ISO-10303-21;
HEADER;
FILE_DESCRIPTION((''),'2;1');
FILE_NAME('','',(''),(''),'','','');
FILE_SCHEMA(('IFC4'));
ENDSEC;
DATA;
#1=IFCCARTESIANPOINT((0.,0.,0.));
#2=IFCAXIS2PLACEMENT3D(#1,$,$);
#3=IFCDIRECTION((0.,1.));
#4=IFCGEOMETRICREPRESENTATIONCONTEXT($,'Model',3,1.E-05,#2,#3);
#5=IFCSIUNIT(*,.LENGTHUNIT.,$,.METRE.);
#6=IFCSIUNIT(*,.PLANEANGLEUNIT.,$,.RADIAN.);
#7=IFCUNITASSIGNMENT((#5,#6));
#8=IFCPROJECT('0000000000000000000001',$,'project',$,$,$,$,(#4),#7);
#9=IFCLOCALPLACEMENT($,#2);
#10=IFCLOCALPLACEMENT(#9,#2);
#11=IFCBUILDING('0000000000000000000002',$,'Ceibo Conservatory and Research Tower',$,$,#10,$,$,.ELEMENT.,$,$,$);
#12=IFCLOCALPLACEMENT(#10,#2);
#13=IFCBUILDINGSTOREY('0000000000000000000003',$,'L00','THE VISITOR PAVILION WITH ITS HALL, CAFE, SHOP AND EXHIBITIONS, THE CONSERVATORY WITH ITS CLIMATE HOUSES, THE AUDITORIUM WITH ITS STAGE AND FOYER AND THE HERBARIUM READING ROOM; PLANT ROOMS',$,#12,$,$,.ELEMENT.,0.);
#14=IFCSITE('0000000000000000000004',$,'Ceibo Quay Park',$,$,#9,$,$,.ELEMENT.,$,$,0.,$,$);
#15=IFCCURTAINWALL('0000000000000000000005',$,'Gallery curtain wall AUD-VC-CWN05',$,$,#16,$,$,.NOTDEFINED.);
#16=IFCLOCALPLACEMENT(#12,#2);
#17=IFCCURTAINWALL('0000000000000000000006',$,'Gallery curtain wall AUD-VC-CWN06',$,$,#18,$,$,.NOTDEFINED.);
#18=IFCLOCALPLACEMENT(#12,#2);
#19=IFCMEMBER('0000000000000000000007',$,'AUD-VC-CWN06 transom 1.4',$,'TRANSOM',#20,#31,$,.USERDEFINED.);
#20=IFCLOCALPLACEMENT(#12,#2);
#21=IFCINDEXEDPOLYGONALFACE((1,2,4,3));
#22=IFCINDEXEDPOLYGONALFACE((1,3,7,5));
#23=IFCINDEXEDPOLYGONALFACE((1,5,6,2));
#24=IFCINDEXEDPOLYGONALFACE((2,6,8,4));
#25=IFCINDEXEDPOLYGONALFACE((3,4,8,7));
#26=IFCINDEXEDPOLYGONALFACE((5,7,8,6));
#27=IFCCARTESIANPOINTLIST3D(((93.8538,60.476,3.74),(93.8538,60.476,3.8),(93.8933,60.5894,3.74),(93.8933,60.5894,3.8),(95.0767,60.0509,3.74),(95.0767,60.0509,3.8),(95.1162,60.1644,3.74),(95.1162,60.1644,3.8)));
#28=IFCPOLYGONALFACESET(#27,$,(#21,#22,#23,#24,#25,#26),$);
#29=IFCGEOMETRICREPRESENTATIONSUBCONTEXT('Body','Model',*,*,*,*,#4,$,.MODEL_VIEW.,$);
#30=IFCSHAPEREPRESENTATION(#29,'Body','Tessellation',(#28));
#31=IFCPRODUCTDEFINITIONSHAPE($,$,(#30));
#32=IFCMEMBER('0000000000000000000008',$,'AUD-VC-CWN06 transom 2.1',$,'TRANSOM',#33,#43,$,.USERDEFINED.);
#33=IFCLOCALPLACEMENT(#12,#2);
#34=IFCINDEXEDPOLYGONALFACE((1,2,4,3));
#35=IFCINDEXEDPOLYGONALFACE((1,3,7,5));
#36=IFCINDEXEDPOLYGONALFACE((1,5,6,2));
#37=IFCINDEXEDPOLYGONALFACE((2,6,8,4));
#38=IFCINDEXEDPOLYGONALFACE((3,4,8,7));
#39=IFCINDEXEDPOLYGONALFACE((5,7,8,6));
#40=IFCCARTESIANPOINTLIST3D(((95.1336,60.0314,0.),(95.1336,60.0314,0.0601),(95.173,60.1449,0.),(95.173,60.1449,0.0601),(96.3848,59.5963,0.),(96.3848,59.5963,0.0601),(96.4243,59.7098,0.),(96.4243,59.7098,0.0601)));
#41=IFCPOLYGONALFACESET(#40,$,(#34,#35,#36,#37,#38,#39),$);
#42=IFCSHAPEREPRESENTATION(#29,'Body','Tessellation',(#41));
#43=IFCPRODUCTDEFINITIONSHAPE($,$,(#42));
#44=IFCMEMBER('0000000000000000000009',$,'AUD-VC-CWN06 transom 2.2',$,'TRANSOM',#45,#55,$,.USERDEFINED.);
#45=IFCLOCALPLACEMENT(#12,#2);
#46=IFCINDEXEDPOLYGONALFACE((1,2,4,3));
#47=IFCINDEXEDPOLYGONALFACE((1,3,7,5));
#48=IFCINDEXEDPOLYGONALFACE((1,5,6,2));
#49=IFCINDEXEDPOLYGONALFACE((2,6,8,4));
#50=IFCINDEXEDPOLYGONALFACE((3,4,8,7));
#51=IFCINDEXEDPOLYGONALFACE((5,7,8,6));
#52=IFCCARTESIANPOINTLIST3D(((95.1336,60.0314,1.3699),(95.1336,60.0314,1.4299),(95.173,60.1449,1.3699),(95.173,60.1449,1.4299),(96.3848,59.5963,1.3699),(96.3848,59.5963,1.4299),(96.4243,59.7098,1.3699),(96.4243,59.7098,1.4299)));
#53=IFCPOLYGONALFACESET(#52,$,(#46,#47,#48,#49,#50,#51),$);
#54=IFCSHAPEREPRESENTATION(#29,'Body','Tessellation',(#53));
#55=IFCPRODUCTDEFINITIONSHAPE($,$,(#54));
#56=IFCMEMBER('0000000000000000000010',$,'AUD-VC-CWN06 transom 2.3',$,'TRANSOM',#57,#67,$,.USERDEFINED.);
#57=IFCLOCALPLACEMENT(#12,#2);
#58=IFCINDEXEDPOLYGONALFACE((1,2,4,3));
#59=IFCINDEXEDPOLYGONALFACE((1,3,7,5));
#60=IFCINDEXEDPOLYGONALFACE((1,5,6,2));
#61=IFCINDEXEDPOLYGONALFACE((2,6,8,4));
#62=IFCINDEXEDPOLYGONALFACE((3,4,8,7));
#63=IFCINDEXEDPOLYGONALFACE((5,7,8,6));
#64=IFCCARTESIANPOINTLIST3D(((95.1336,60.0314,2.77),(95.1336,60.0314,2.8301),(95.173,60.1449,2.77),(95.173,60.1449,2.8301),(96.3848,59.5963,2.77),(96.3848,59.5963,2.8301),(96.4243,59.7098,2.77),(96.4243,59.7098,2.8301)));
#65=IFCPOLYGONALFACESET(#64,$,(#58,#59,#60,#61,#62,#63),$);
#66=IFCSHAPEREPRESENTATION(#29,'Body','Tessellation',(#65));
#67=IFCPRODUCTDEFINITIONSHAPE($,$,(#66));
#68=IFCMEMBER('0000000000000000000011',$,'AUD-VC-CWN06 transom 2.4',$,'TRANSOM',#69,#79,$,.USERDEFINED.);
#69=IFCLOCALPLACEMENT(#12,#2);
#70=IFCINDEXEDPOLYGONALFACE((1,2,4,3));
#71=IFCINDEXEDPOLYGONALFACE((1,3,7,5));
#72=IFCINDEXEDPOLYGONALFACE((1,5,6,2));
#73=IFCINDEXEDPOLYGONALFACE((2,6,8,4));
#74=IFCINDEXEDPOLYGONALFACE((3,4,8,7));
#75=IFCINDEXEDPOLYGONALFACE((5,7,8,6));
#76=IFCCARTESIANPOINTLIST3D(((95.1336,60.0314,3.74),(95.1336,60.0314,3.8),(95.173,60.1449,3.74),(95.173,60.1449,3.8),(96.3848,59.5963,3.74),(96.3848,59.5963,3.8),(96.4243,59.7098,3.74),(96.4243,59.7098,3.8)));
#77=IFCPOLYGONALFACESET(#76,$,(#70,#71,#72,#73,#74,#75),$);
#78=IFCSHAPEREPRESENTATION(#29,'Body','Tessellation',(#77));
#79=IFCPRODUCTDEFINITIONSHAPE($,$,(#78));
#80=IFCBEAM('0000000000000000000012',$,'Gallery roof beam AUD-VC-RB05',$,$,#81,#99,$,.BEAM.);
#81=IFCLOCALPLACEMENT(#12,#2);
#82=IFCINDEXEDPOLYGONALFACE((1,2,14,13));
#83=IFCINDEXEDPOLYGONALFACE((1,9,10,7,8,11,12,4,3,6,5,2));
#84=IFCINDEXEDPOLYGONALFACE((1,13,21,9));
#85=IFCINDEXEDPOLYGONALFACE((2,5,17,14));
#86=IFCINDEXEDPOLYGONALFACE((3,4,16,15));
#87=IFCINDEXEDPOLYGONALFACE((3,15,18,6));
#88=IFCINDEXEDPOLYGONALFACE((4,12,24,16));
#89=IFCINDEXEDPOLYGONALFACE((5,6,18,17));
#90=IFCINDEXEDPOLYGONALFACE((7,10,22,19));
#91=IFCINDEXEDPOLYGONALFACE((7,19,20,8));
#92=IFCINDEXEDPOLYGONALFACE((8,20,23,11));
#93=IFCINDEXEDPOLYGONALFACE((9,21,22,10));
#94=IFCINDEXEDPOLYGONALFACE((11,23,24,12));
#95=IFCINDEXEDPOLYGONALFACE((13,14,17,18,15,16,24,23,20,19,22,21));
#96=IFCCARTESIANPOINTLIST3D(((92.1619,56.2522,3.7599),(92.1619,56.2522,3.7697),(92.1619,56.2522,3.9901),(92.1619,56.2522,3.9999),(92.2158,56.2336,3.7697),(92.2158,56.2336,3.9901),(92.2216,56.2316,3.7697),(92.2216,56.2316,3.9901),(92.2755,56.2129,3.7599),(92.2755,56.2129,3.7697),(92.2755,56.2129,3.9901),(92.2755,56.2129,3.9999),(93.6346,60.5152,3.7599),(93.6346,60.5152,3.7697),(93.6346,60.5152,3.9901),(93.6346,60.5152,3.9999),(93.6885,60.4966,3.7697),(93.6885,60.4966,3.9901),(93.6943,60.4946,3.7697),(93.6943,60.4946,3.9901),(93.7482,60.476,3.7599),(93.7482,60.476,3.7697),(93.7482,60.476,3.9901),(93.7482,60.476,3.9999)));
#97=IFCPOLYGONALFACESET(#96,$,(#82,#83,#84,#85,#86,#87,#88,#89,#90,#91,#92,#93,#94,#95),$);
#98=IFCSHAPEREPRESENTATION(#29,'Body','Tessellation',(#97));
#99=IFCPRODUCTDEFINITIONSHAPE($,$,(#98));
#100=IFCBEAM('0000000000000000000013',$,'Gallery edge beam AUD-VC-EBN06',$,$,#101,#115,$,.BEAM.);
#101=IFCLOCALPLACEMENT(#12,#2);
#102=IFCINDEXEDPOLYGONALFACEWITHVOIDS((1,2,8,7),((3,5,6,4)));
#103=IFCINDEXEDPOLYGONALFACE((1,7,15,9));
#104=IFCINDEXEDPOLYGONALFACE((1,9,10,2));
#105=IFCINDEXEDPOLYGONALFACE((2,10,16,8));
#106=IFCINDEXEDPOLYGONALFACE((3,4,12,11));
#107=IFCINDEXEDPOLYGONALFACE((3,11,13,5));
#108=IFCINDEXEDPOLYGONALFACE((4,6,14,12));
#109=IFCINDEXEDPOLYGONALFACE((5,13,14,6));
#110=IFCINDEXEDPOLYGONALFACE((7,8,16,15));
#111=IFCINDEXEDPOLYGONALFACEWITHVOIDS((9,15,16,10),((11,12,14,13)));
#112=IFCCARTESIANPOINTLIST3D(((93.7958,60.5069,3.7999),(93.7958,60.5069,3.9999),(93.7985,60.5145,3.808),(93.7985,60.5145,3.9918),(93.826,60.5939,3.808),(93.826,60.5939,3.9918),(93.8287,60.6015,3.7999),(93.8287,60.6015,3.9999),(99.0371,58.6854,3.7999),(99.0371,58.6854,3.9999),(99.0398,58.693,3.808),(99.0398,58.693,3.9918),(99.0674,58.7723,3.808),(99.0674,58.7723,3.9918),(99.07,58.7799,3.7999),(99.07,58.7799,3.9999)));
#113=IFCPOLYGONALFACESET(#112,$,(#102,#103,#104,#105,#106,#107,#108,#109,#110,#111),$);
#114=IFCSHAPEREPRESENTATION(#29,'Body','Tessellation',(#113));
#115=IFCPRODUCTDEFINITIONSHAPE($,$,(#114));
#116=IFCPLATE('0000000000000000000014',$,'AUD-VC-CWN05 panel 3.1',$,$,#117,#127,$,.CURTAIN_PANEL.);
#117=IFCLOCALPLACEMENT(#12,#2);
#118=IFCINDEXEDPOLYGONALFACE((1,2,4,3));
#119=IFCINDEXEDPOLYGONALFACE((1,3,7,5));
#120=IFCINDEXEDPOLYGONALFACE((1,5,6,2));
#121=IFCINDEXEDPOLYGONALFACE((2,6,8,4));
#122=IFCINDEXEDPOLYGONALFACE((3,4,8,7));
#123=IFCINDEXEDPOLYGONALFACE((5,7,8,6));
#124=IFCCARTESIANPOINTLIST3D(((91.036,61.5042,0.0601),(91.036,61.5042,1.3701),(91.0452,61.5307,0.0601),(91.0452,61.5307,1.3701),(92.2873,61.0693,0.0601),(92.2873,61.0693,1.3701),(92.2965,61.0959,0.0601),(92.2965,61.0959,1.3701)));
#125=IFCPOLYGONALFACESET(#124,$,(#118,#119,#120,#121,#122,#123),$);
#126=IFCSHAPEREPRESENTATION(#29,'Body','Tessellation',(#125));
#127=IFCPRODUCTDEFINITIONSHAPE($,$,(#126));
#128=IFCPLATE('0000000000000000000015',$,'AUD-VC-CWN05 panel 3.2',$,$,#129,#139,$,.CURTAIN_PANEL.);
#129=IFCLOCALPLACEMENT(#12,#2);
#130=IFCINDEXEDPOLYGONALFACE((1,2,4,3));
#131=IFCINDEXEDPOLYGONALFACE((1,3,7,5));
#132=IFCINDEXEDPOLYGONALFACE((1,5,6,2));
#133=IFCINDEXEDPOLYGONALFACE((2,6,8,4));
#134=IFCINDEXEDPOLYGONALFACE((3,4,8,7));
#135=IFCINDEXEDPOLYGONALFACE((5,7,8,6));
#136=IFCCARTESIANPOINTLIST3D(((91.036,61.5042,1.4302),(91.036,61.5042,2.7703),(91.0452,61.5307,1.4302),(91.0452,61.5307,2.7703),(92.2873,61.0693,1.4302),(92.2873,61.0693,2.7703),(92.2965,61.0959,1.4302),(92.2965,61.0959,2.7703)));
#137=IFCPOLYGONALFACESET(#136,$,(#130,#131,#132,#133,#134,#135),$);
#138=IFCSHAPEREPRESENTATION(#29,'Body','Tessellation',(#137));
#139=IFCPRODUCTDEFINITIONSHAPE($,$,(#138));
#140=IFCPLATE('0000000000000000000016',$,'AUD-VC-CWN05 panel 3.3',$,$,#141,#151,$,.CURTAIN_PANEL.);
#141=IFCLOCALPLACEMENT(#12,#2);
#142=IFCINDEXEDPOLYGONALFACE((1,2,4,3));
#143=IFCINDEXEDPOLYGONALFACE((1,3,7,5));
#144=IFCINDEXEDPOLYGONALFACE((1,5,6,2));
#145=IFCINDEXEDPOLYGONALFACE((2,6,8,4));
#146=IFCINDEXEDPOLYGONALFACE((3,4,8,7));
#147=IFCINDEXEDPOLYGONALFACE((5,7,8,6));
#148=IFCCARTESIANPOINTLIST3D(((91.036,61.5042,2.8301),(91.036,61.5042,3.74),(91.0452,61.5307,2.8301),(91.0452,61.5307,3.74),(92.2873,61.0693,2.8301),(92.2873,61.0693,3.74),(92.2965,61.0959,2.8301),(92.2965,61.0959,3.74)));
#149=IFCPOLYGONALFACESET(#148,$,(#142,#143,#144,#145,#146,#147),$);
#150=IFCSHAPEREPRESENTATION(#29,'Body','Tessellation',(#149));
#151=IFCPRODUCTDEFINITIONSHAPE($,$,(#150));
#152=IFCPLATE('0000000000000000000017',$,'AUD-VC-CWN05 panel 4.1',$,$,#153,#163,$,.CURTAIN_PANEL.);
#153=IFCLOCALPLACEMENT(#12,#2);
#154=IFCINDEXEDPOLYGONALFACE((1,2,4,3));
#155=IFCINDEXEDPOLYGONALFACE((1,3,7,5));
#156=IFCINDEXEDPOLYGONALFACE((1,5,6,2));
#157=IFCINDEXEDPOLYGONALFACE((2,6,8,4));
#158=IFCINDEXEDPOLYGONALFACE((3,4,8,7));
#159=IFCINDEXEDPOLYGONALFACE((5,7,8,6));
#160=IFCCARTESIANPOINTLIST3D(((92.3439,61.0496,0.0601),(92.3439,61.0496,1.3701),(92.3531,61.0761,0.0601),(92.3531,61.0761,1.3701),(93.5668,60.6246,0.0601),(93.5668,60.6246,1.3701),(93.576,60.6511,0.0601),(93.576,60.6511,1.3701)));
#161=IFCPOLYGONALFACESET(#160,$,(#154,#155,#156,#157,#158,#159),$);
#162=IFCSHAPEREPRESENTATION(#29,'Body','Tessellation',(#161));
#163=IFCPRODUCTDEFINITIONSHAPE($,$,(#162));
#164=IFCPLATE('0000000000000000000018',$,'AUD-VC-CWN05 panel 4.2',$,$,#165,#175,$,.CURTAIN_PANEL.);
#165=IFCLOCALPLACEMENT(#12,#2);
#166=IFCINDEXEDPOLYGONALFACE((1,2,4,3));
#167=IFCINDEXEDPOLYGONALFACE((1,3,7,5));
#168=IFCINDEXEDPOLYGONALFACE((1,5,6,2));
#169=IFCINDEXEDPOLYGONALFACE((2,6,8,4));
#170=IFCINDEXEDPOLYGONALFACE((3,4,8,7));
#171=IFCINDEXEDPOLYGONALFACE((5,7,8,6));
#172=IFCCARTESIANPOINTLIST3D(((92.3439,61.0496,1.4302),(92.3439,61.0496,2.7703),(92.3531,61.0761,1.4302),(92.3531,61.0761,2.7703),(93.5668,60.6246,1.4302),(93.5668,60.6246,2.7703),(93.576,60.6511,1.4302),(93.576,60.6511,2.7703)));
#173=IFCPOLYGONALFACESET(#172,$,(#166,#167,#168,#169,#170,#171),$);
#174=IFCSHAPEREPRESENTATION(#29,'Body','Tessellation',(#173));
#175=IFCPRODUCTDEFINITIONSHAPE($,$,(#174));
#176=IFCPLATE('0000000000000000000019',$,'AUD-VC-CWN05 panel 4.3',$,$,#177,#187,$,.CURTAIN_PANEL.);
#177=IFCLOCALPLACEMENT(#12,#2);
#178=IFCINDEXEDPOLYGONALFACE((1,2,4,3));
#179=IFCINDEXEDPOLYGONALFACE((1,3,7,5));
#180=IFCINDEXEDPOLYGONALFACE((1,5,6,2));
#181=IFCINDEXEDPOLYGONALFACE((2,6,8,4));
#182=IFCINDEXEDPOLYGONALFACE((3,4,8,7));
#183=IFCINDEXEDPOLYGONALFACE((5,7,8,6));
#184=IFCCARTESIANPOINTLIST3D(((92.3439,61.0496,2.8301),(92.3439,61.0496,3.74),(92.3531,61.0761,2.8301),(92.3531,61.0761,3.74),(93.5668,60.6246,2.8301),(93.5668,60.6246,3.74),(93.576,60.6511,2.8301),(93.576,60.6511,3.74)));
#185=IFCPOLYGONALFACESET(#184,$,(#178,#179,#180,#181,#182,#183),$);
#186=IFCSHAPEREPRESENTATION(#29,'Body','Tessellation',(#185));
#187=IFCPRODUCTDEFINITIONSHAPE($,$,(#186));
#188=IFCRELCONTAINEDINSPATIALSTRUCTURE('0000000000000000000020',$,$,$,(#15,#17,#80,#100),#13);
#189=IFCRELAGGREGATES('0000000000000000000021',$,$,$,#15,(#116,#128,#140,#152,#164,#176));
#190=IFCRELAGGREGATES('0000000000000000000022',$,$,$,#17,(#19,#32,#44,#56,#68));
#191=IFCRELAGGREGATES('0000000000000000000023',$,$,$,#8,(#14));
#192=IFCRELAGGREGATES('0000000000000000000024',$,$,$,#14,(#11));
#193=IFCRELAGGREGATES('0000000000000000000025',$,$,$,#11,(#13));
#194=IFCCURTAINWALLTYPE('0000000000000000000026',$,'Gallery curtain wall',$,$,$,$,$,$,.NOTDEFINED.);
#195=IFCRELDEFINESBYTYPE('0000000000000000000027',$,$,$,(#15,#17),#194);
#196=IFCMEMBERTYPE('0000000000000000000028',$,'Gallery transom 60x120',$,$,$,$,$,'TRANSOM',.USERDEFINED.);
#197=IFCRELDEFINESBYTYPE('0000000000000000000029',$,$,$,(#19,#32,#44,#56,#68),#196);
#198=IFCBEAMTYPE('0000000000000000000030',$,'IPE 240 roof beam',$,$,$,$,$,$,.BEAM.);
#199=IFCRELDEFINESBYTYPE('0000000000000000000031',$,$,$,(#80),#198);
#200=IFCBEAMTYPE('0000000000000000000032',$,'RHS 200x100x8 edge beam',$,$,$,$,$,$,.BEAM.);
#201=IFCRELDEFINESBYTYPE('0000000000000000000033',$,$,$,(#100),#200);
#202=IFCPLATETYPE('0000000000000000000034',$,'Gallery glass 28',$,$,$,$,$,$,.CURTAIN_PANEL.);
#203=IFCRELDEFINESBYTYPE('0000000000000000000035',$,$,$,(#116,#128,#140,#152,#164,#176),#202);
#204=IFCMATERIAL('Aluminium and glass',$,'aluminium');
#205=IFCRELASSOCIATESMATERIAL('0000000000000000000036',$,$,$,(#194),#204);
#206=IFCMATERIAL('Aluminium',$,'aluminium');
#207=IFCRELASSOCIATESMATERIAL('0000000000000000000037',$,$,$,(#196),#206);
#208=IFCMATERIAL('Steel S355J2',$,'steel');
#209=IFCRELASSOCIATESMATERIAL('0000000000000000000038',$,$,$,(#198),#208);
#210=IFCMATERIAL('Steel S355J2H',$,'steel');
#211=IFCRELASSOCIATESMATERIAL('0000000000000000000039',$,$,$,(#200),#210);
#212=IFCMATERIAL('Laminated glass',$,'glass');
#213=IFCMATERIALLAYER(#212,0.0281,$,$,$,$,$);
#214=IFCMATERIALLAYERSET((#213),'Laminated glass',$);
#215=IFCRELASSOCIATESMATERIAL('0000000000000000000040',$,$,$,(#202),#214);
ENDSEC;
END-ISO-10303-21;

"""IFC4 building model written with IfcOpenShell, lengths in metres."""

from ifc_helpers import new_model, si_unit, direction, frame, origin, origin_2d, place, context, subcontext, project, spatial, rectangle, hollow_rectangle, i_section, extrude, material, layer, layer_set, material_profile, profile_set, type_object, element, aggregate, save


model = new_model("IFC4")

# Units and contexts
model_context = context("Model", 3, precision=1e-05, world=origin(), true_north=direction((0.0, 1.0)))
body_context = subcontext(model_context, "Body", "Model", "MODEL_VIEW")
ifc_project = project(units=[si_unit("LENGTHUNIT", "METRE"), si_unit("PLANEANGLEUNIT", "RADIAN")], contexts=[model_context])

# Site, building, storey
site_placement = place(None, origin())
site = spatial("IfcSite", under=ifc_project, at=site_placement, Name="Ceibo Quay Park", CompositionType="ELEMENT", RefElevation=0.0)
building_placement = place(site_placement, origin())
building = spatial("IfcBuilding", under=site, at=building_placement, Name="Ceibo Conservatory and Research Tower", CompositionType="ELEMENT")
storey_placement = place(building_placement, origin())
storey = spatial("IfcBuildingStorey", under=building, at=storey_placement, Name="L00", Description="THE VISITOR PAVILION WITH ITS HALL, CAFE, SHOP AND EXHIBITIONS, THE CONSERVATORY WITH ITS CLIMATE HOUSES, THE AUDITORIUM WITH ITS STAGE AND FOYER AND THE HERBARIUM READING ROOM; PLANT ROOMS", CompositionType="ELEMENT", Elevation=0.0)

# Shared definitions
ifc_material_1 = material(Name="Steel S355J2H", Category="steel")

# Curtain walls
ifc_material_2 = material(Name="Aluminium and glass", Category="aluminium")
curtain_wall_type = type_object("IfcCurtainWallType", Name="Gallery curtain wall", PredefinedType="NOTDEFINED", material=ifc_material_2)
curtain_wall_1_placement = place(storey_placement, origin())
curtain_wall_1 = element("IfcCurtainWall", 1, at=curtain_wall_1_placement, inside=storey, type_object=curtain_wall_type, Name="Gallery curtain wall AUD-VC-CWN05", PredefinedType="NOTDEFINED")
ifc_material_3 = material(Name="Aluminium", Category="aluminium")
curtain_wall_2_placement = place(storey_placement, origin())
curtain_wall_2 = element("IfcCurtainWall", 2, at=curtain_wall_2_placement, inside=storey, type_object=curtain_wall_type, Name="Gallery curtain wall AUD-VC-CWN06", PredefinedType="NOTDEFINED")

# Members
ifc_material_profile_1 = material_profile(ifc_material_3, rectangle(XDim=0.1201, YDim=0.0601, at=origin_2d()), Name="AL 60x120")
ifc_profile_set_1 = profile_set([ifc_material_profile_1], Name="Aluminium")
member_type_1 = type_object("IfcMemberType", Name="Gallery transom 60x120", ElementType="TRANSOM", PredefinedType="USERDEFINED", material=ifc_profile_set_1)
member_1_placement = place(storey_placement, frame((93.8735, 60.5327, 3.77), z_axis=(0.944571, -0.328309, 0.0), x_axis=(0.328309, 0.944571, 0.0)))
member_1 = element("IfcMember", 3, at=member_1_placement, type_object=member_type_1, Name="AUD-VC-CWN06 transom 1.4", ObjectType="TRANSOM", PredefinedType="USERDEFINED", context=body_context, shape_type="SweptSolid", body=[
    extrude(rectangle(XDim=0.1201, YDim=0.0601, at=origin_2d()), origin(), (0.0, 0.0, 1.0), 1.2947),
])
member_2_placement = place(storey_placement, frame((95.1533, 60.0881, 0.03), z_axis=(0.944532, -0.328421, 0.0), x_axis=(0.328421, 0.944532, 0.0)))
member_2 = element("IfcMember", 4, at=member_2_placement, type_object=member_type_1, Name="AUD-VC-CWN06 transom 2.1", ObjectType="TRANSOM", PredefinedType="USERDEFINED", context=body_context, shape_type="SweptSolid", body=[
    extrude(rectangle(XDim=0.1201, YDim=0.0601, at=origin_2d()), origin(), (0.0, 0.0, 1.0), 1.3247),
])
member_3_placement = place(storey_placement, frame((95.1533, 60.0881, 1.3999), z_axis=(0.944532, -0.328421, 0.0), x_axis=(0.328421, 0.944532, 0.0)))
member_3 = element("IfcMember", 5, at=member_3_placement, type_object=member_type_1, Name="AUD-VC-CWN06 transom 2.2", ObjectType="TRANSOM", PredefinedType="USERDEFINED", context=body_context, shape_type="SweptSolid", body=[
    extrude(rectangle(XDim=0.1201, YDim=0.0601, at=origin_2d()), origin(), (0.0, 0.0, 1.0), 1.3247),
])
member_4_placement = place(storey_placement, frame((95.1533, 60.0881, 2.8), z_axis=(0.944532, -0.328421, 0.0), x_axis=(0.328421, 0.944532, 0.0)))
member_4 = element("IfcMember", 6, at=member_4_placement, type_object=member_type_1, Name="AUD-VC-CWN06 transom 2.3", ObjectType="TRANSOM", PredefinedType="USERDEFINED", context=body_context, shape_type="SweptSolid", body=[
    extrude(rectangle(XDim=0.1201, YDim=0.0601, at=origin_2d()), origin(), (0.0, 0.0, 1.0), 1.3247),
])
member_5_placement = place(storey_placement, frame((95.1533, 60.0881, 3.77), z_axis=(0.944532, -0.328421, 0.0), x_axis=(0.328421, 0.944532, 0.0)))
member_5 = element("IfcMember", 7, at=member_5_placement, type_object=member_type_1, Name="AUD-VC-CWN06 transom 2.4", ObjectType="TRANSOM", PredefinedType="USERDEFINED", context=body_context, shape_type="SweptSolid", body=[
    extrude(rectangle(XDim=0.1201, YDim=0.0601, at=origin_2d()), origin(), (0.0, 0.0, 1.0), 1.3247),
])

# Beams
ifc_material_4 = material(Name="Steel S355J2", Category="steel")
ifc_material_profile_2 = material_profile(ifc_material_4, i_section(OverallWidth=0.1201, OverallDepth=0.24, WebThickness=0.0061, FlangeThickness=0.0098, at=origin_2d()), Name="IPE 240")
ifc_profile_set_2 = profile_set([ifc_material_profile_2], Name="Steel S355J2")
beam_type_1 = type_object("IfcBeamType", Name="IPE 240 roof beam", PredefinedType="BEAM", material=ifc_profile_set_2)
beam_1_placement = place(storey_placement, frame((93.6914, 60.4956, 3.8799), z_axis=(-0.326521, -0.94519, 0.0), x_axis=(0.94519, -0.326521, 0.0)))
element("IfcBeam", 8, at=beam_1_placement, inside=storey, type_object=beam_type_1, Name="Gallery roof beam AUD-VC-RB05", PredefinedType="BEAM", context=body_context, shape_type="SweptSolid", body=[
    extrude(i_section(OverallWidth=0.1201, OverallDepth=0.24, WebThickness=0.0061, FlangeThickness=0.0098, at=origin_2d()), origin(), (0.0, 0.0, 1.0), 4.5103),
])
ifc_material_profile_3 = material_profile(ifc_material_1, hollow_rectangle(XDim=0.1001, YDim=0.2, WallThickness=0.0081, at=origin_2d()), Name="RHS 200x100x8 edge beam")
ifc_profile_set_3 = profile_set([ifc_material_profile_3], Name="Steel S355J2H")
beam_type_2 = type_object("IfcBeamType", Name="RHS 200x100x8 edge beam", PredefinedType="BEAM", material=ifc_profile_set_3)
beam_2_placement = place(storey_placement, frame((93.8123, 60.5542, 3.8999), z_axis=(0.94458, -0.32828, 0.0), x_axis=(0.32828, 0.94458, 0.0)))
element("IfcBeam", 9, at=beam_2_placement, inside=storey, type_object=beam_type_2, Name="Gallery edge beam AUD-VC-EBN06", PredefinedType="BEAM", context=body_context, shape_type="SweptSolid", body=[
    extrude(hollow_rectangle(XDim=0.1001, YDim=0.2, WallThickness=0.0081, at=origin_2d()), origin(), (0.0, 0.0, 1.0), 5.5488),
])

# Plates
ifc_material_5 = material(Name="Laminated glass", Category="glass")
ifc_layer = layer(ifc_material_5, 0.0281)
ifc_layer_set = layer_set([ifc_layer], Name="Laminated glass")
plate_type = type_object("IfcPlateType", Name="Gallery glass 28", PredefinedType="CURTAIN_PANEL", material=ifc_layer_set)
plate_1_placement = place(storey_placement, frame((91.6663, 61.3, 0.0601), z_axis=(0.0, 0.0, 1.0), x_axis=(0.944579, -0.328284, 0.0)))
plate_1 = element("IfcPlate", 10, at=plate_1_placement, type_object=plate_type, Name="AUD-VC-CWN05 panel 3.1", PredefinedType="CURTAIN_PANEL", context=body_context, shape_type="SweptSolid", body=[
    extrude(rectangle(XDim=1.3247, YDim=0.0281, at=origin_2d()), origin(), (0.0, 0.0, 1.0), 1.3101),
])
plate_2_placement = place(storey_placement, frame((91.6663, 61.3, 1.4302), z_axis=(0.0, 0.0, 1.0), x_axis=(0.944579, -0.328284, 0.0)))
plate_2 = element("IfcPlate", 11, at=plate_2_placement, type_object=plate_type, Name="AUD-VC-CWN05 panel 3.2", PredefinedType="CURTAIN_PANEL", context=body_context, shape_type="SweptSolid", body=[
    extrude(rectangle(XDim=1.3247, YDim=0.0281, at=origin_2d()), origin(), (0.0, 0.0, 1.0), 1.3401),
])
plate_3_placement = place(storey_placement, frame((91.6663, 61.3, 2.8301), z_axis=(0.0, 0.0, 1.0), x_axis=(0.944579, -0.328284, 0.0)))
plate_3 = element("IfcPlate", 12, at=plate_3_placement, type_object=plate_type, Name="AUD-VC-CWN05 panel 3.3", PredefinedType="CURTAIN_PANEL", context=body_context, shape_type="SweptSolid", body=[
    extrude(rectangle(XDim=1.3247, YDim=0.0281, at=origin_2d()), origin(), (0.0, 0.0, 1.0), 0.9099),
])
plate_4_placement = place(storey_placement, frame((92.96, 60.8503, 0.0601), z_axis=(0.0, 0.0, 1.0), x_axis=(0.944579, -0.328284, 0.0)))
plate_4 = element("IfcPlate", 13, at=plate_4_placement, type_object=plate_type, Name="AUD-VC-CWN05 panel 4.1", PredefinedType="CURTAIN_PANEL", context=body_context, shape_type="SweptSolid", body=[
    extrude(rectangle(XDim=1.2947, YDim=0.0281, at=origin_2d()), origin(), (0.0, 0.0, 1.0), 1.3101),
])
plate_5_placement = place(storey_placement, frame((92.96, 60.8503, 1.4302), z_axis=(0.0, 0.0, 1.0), x_axis=(0.944579, -0.328284, 0.0)))
plate_5 = element("IfcPlate", 14, at=plate_5_placement, type_object=plate_type, Name="AUD-VC-CWN05 panel 4.2", PredefinedType="CURTAIN_PANEL", context=body_context, shape_type="SweptSolid", body=[
    extrude(rectangle(XDim=1.2947, YDim=0.0281, at=origin_2d()), origin(), (0.0, 0.0, 1.0), 1.3401),
])
plate_6_placement = place(storey_placement, frame((92.96, 60.8503, 2.8301), z_axis=(0.0, 0.0, 1.0), x_axis=(0.944579, -0.328284, 0.0)))
plate_6 = element("IfcPlate", 15, at=plate_6_placement, type_object=plate_type, Name="AUD-VC-CWN05 panel 4.3", PredefinedType="CURTAIN_PANEL", context=body_context, shape_type="SweptSolid", body=[
    extrude(rectangle(XDim=1.2947, YDim=0.0281, at=origin_2d()), origin(), (0.0, 0.0, 1.0), 0.9099),
])
aggregate(curtain_wall_1, [plate_1, plate_2, plate_3, plate_4, plate_5, plate_6])
aggregate(curtain_wall_2, [member_1, member_2, member_3, member_4, member_5])

save(model, "model.ifc")
